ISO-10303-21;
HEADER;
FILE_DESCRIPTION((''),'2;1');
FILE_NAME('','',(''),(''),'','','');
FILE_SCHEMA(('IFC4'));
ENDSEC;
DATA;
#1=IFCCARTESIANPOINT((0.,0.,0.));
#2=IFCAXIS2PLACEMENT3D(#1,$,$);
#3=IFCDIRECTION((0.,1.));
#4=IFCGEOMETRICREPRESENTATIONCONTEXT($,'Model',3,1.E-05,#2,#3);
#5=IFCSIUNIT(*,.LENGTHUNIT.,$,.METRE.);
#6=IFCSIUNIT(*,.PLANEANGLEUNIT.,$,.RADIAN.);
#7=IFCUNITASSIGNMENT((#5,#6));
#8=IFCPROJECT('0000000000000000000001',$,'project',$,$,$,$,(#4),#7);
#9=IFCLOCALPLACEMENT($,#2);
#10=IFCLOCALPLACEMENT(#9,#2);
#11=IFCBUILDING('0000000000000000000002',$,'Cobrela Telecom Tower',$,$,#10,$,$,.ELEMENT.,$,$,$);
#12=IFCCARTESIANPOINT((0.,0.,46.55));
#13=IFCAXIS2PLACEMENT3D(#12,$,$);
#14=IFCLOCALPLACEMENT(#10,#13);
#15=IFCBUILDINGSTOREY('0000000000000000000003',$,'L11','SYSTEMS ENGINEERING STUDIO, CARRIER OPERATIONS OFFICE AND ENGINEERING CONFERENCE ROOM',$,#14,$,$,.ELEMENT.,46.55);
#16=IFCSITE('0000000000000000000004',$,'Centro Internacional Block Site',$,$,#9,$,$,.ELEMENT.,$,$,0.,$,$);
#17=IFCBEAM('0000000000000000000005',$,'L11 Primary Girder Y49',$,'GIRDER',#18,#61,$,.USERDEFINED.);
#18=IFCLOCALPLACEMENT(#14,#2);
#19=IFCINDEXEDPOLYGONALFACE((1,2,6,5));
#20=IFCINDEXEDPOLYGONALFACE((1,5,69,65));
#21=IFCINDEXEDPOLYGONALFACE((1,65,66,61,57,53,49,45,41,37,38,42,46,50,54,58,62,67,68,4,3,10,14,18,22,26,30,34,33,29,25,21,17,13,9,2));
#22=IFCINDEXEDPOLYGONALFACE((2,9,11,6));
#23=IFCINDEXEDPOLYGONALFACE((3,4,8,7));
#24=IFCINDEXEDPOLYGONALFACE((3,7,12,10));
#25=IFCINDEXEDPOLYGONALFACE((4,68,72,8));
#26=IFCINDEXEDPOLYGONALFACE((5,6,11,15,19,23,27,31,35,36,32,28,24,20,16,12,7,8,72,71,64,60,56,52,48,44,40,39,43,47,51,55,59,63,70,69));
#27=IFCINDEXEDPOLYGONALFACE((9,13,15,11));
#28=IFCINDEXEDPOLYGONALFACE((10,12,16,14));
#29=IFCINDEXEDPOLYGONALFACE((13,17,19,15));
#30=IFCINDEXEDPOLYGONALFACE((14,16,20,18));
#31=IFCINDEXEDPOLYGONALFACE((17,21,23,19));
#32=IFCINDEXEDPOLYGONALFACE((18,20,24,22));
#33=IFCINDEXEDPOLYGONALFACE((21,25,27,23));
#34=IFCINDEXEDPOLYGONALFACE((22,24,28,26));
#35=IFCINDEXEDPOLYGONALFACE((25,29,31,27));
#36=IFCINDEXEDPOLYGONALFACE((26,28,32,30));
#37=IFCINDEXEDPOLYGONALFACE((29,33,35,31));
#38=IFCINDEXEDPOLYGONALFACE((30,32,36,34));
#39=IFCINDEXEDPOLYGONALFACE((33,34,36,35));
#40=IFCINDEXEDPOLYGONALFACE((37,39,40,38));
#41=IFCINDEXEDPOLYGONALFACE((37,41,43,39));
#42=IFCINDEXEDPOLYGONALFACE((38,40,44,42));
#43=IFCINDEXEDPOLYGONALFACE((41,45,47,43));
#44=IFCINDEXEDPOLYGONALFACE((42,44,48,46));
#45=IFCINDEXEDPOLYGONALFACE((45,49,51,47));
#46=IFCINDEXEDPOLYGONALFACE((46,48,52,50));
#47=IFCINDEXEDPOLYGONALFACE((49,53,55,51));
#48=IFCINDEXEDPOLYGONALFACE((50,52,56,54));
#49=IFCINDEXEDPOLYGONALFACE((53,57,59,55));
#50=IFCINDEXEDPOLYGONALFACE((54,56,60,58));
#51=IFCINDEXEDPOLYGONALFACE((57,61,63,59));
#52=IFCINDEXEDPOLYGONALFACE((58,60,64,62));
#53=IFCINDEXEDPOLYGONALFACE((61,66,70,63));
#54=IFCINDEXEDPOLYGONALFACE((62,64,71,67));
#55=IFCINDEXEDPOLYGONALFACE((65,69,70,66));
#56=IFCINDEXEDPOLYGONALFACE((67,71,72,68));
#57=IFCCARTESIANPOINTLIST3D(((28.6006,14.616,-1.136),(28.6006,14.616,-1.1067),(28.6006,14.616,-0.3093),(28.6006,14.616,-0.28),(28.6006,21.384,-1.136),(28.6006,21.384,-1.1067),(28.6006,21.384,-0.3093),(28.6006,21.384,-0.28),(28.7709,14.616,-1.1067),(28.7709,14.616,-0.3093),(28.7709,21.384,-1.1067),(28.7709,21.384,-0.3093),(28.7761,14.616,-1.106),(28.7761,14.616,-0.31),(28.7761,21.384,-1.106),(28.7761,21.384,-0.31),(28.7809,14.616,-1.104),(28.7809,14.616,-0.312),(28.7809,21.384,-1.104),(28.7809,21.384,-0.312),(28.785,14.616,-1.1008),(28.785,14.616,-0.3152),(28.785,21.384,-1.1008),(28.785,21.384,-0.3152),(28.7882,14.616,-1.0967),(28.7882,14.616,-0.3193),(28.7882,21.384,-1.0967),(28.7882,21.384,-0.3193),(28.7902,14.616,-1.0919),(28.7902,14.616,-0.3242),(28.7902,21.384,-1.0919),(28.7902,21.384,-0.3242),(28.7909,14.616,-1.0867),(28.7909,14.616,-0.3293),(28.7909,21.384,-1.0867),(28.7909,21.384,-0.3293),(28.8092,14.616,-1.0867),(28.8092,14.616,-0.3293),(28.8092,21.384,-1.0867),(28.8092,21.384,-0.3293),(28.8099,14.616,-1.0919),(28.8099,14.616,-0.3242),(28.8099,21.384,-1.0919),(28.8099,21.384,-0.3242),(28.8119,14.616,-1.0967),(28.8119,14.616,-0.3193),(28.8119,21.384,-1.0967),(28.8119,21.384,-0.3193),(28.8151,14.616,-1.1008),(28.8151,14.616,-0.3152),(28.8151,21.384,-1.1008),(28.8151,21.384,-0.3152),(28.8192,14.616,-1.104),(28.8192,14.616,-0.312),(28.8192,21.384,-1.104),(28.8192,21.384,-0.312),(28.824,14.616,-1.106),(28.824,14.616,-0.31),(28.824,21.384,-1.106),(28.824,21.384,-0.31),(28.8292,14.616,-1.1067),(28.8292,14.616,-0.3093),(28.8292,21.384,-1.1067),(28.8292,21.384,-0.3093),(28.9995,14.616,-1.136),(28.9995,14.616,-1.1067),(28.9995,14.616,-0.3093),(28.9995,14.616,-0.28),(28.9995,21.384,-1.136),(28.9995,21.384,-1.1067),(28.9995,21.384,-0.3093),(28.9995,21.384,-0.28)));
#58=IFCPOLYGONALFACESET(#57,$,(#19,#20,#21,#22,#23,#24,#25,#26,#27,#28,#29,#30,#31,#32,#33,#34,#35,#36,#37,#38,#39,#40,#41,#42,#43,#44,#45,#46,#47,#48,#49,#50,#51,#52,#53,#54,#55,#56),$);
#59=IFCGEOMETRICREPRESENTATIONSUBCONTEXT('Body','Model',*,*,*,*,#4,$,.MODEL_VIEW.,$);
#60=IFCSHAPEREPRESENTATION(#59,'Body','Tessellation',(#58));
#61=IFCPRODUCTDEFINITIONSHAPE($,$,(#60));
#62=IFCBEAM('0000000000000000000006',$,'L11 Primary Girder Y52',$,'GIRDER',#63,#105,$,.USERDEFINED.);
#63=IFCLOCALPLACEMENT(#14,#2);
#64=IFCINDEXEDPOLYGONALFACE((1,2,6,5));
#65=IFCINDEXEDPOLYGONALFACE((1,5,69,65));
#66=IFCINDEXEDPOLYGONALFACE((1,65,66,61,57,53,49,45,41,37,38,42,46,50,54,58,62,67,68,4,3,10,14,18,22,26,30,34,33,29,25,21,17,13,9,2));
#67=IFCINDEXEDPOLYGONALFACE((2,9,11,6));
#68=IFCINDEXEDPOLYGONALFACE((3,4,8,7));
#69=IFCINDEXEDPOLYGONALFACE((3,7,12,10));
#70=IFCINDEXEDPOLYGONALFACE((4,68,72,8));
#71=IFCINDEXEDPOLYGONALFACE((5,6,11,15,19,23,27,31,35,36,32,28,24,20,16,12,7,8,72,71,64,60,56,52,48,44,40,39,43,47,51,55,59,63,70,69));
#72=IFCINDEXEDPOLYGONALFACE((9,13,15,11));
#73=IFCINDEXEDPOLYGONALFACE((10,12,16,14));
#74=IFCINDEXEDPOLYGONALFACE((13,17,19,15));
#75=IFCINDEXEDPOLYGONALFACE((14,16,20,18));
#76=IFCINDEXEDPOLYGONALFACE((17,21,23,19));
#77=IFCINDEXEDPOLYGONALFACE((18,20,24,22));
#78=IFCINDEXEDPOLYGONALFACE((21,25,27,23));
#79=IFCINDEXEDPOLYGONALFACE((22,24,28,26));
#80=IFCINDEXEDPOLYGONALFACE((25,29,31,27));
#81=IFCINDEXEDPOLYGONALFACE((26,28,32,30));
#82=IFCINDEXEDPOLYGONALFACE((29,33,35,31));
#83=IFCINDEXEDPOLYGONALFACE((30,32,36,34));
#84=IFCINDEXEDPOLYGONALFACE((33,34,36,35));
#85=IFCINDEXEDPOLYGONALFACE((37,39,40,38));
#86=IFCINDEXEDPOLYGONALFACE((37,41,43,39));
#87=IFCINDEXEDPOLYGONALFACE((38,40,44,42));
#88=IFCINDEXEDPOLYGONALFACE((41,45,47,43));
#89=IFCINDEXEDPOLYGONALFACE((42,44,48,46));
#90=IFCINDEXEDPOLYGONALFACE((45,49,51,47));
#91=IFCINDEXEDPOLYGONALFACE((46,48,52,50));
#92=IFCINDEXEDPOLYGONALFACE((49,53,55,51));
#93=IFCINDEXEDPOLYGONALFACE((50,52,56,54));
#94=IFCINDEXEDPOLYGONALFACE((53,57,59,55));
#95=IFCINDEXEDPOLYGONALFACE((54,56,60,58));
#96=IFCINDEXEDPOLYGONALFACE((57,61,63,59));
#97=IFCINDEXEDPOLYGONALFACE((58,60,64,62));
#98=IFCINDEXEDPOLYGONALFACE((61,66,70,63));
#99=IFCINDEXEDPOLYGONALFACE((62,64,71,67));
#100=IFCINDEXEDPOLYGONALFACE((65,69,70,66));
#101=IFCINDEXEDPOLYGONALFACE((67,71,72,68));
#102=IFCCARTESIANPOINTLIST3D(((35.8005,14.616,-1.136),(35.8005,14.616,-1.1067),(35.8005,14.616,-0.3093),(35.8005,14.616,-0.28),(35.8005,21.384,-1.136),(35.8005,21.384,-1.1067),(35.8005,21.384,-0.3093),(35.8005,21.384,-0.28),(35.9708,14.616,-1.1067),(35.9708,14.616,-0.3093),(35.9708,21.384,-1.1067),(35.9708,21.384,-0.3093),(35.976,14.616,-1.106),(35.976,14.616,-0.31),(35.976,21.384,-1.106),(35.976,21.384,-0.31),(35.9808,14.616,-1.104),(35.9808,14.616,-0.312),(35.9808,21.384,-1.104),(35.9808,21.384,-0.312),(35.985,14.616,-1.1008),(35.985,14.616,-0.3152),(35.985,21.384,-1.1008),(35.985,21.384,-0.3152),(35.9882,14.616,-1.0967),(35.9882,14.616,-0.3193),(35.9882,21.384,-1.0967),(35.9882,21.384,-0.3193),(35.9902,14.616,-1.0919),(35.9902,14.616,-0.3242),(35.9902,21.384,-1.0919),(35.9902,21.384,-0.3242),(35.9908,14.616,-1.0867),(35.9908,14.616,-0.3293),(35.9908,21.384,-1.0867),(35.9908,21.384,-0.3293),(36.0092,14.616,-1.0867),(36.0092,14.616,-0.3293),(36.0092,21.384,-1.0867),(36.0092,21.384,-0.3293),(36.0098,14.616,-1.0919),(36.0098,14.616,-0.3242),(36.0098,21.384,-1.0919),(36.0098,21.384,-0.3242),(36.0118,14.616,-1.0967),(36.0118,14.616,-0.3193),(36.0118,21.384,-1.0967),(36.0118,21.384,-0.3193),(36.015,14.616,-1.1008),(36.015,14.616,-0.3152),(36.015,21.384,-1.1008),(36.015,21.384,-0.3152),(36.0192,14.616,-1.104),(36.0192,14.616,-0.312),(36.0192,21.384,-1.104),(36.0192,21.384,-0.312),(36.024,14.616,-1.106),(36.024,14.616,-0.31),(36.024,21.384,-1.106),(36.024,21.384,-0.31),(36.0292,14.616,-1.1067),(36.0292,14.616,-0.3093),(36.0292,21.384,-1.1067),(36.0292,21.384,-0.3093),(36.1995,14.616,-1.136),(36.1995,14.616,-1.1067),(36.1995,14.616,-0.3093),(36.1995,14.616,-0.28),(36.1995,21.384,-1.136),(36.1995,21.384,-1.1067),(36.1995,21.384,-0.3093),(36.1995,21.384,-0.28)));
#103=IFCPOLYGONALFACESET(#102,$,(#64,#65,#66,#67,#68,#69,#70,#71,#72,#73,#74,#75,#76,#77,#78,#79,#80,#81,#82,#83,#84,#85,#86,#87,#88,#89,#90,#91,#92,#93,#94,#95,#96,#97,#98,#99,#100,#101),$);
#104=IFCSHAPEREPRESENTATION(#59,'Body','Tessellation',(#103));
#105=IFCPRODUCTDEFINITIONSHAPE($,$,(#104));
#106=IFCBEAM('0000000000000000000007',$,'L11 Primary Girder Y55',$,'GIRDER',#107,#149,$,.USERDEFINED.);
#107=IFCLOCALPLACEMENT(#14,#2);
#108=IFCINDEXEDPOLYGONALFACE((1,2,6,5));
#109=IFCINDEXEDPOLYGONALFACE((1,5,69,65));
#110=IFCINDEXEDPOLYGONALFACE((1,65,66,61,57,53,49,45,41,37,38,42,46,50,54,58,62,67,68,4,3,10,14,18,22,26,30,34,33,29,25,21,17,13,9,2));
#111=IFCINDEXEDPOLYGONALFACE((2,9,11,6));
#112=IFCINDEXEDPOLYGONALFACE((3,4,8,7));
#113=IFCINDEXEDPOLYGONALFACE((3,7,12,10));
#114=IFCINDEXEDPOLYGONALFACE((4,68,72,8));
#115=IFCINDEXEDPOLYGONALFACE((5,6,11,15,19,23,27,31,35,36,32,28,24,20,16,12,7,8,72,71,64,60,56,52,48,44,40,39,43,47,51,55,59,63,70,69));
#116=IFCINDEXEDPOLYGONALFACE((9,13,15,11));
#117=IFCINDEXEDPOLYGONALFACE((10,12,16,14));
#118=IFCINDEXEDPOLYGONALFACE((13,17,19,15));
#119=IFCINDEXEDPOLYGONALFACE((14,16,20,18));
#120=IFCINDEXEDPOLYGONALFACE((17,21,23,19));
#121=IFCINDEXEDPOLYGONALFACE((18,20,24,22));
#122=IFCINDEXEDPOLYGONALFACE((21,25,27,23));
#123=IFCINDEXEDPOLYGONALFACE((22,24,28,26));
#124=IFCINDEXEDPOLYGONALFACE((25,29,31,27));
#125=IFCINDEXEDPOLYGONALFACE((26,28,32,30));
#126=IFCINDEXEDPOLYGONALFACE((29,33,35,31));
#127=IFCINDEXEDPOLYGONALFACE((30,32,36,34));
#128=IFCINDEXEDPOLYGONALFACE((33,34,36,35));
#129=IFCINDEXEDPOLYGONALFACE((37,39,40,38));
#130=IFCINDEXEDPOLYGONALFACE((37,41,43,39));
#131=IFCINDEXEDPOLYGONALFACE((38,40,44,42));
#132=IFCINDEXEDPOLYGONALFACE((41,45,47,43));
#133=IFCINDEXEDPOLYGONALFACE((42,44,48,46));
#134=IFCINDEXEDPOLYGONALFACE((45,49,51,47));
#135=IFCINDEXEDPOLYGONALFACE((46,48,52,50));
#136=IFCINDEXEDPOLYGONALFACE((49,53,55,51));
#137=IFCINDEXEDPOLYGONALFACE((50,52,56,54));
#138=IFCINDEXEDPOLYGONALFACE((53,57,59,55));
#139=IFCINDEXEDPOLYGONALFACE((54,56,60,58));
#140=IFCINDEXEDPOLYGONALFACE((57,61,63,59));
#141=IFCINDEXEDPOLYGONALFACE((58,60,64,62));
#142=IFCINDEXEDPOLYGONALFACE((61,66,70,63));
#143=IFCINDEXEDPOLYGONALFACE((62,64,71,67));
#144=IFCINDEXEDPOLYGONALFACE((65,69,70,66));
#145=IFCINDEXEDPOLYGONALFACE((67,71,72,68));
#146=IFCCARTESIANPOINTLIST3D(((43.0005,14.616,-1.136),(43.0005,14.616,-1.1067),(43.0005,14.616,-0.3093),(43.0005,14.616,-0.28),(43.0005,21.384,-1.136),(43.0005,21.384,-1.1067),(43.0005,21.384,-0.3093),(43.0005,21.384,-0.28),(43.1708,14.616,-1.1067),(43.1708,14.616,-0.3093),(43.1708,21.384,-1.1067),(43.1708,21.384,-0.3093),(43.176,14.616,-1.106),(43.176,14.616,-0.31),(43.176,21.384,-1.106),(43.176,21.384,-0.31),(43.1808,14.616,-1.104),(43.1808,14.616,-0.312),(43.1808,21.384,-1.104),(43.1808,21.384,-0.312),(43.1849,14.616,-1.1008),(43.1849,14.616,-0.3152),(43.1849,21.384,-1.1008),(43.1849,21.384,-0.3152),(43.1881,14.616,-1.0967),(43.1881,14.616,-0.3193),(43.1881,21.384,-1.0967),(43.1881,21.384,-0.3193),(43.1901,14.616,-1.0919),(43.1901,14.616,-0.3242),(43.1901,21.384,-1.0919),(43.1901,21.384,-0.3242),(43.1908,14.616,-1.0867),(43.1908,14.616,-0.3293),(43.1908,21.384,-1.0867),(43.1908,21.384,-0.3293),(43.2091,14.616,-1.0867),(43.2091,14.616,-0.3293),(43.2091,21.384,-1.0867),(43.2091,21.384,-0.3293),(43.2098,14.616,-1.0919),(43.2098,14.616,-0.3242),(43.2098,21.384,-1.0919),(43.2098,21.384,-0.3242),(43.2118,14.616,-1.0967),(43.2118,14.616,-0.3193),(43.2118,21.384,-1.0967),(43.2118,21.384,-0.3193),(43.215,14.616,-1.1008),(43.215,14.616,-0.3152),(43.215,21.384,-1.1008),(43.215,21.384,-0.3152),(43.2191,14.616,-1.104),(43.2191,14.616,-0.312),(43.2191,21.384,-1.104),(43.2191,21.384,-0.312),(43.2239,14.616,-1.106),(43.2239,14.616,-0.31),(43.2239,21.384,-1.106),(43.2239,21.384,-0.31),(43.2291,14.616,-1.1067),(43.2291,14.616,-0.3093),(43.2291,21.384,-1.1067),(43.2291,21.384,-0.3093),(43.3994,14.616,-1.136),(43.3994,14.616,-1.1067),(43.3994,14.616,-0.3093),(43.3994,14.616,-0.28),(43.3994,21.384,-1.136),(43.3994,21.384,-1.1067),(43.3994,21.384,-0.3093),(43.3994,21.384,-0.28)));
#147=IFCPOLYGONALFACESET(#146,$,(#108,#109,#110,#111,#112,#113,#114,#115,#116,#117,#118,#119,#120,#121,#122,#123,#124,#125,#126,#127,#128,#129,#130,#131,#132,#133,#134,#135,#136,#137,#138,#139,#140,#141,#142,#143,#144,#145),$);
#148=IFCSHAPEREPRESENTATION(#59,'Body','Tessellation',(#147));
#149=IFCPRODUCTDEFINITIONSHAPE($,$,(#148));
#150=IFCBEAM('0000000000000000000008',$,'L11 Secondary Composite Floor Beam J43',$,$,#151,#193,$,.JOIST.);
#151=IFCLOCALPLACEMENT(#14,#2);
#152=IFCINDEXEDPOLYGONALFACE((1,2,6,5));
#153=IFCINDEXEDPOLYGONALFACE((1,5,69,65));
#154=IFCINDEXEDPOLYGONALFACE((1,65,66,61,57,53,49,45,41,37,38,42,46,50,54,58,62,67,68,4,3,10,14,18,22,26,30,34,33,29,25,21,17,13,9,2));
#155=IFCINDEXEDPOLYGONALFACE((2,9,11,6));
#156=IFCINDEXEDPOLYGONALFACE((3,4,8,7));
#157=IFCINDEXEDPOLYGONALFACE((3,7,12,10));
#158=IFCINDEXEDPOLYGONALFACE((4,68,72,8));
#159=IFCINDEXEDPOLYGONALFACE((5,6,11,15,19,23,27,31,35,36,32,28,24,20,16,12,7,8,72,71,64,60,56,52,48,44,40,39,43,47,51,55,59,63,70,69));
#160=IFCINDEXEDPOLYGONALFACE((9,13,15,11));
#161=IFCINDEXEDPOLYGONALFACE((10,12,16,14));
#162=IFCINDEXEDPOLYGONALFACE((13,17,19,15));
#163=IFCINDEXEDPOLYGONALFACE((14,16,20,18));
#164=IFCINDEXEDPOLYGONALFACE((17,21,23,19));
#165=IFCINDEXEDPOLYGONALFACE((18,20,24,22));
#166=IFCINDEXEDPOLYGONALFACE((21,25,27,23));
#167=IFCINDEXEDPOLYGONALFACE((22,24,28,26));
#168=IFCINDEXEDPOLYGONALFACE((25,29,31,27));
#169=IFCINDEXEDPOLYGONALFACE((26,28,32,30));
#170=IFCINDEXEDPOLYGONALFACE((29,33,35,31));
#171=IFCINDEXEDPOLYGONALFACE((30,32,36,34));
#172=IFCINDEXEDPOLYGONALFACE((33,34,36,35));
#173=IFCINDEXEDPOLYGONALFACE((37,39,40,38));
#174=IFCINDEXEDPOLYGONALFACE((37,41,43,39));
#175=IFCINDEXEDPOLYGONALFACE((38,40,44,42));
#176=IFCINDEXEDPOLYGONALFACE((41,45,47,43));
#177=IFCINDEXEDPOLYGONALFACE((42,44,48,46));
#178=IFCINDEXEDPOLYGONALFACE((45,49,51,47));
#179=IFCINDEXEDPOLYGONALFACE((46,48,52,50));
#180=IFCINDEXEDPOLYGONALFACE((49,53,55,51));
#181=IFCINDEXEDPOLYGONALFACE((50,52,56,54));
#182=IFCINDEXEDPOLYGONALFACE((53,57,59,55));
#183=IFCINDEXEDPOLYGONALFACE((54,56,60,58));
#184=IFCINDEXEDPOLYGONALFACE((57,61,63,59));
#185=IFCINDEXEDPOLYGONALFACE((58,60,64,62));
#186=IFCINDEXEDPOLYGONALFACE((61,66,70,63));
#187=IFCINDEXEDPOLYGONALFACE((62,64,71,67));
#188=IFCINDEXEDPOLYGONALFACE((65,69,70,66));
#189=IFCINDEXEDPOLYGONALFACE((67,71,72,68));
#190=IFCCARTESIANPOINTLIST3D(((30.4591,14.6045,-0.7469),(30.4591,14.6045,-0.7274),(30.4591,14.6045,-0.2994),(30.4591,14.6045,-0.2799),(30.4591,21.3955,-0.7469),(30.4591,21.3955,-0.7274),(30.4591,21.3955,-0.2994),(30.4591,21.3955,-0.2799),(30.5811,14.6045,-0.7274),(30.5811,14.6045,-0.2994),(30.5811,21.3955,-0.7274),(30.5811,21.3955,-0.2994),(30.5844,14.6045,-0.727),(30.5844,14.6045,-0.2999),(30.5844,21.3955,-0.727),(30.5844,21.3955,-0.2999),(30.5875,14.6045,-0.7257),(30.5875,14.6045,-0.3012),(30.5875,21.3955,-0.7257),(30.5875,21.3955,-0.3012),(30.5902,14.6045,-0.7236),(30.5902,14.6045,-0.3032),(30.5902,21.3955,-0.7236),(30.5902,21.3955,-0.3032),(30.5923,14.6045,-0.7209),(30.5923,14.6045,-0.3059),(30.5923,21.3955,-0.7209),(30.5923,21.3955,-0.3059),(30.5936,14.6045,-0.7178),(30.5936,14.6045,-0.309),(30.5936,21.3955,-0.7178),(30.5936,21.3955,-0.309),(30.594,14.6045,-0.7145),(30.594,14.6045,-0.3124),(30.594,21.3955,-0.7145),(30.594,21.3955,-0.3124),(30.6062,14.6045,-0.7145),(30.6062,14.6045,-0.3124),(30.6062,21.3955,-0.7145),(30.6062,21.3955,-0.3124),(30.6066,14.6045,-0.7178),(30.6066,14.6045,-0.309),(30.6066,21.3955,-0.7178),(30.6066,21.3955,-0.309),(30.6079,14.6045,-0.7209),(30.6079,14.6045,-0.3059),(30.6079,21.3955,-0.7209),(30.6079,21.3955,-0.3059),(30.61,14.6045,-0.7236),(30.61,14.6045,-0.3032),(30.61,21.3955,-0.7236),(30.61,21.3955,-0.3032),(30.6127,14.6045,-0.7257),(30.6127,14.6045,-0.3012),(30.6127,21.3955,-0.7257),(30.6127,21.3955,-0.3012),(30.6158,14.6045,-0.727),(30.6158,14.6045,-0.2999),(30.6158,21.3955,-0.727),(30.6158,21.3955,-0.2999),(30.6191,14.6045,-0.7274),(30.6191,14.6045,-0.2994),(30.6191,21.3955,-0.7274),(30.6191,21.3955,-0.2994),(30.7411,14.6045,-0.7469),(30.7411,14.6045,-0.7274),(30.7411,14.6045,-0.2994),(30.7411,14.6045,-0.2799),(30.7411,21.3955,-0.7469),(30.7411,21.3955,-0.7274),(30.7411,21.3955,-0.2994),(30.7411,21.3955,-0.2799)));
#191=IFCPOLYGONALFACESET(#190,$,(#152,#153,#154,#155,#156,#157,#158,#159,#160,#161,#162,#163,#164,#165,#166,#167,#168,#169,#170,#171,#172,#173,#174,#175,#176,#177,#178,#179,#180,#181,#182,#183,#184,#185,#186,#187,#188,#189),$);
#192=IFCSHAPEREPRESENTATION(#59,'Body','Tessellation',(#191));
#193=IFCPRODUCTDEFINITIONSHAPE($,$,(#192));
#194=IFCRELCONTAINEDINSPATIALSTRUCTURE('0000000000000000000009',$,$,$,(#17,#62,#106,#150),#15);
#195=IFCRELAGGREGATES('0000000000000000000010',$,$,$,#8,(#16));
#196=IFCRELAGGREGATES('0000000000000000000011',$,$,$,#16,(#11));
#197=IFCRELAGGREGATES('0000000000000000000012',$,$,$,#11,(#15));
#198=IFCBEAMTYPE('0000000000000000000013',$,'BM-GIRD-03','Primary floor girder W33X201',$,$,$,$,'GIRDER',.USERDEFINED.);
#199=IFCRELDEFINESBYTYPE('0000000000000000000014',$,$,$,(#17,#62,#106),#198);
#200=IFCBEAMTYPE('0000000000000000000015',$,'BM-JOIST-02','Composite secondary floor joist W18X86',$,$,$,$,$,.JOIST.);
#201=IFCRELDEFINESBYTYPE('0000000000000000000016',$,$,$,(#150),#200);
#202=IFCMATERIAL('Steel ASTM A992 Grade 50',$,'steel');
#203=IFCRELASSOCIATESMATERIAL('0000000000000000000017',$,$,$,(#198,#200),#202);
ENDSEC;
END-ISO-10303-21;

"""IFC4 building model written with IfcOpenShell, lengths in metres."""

from ifc_helpers import new_model, si_unit, direction, frame, origin, origin_2d, place, context, subcontext, project, spatial, i_section, extrude, material, material_profile, profile_set, type_object, element, save


model = new_model("IFC4")

# Units and contexts
model_context = context("Model", 3, precision=1e-05, world=origin(), true_north=direction((0.0, 1.0)))
body_context = subcontext(model_context, "Body", "Model", "MODEL_VIEW")
ifc_project = project(units=[si_unit("LENGTHUNIT", "METRE"), si_unit("PLANEANGLEUNIT", "RADIAN")], contexts=[model_context])

# Site, building, storey
site_placement = place(None, origin())
site = spatial("IfcSite", under=ifc_project, at=site_placement, Name="Centro Internacional Block Site", CompositionType="ELEMENT", RefElevation=0.0)
building_placement = place(site_placement, origin())
building = spatial("IfcBuilding", under=site, at=building_placement, Name="Cobrela Telecom Tower", CompositionType="ELEMENT")
storey_placement = place(building_placement, frame((0.0, 0.0, 46.55)))
storey = spatial("IfcBuildingStorey", under=building, at=storey_placement, Name="L11", Description="SYSTEMS ENGINEERING STUDIO, CARRIER OPERATIONS OFFICE AND ENGINEERING CONFERENCE ROOM", CompositionType="ELEMENT", Elevation=46.55)

# Shared definitions
ifc_material_1 = material(Name="Steel ASTM A992 Grade 50", Category="steel")

# Beams
ifc_material_profile_1 = material_profile(ifc_material_1, i_section(OverallWidth=0.3989, OverallDepth=0.856, WebThickness=0.0183, FlangeThickness=0.0293, FilletRadius=0.02, at=origin_2d()), Name="W33X201")
ifc_profile_set_1 = profile_set([ifc_material_profile_1], Name="Steel ASTM A992 Grade 50")
beam_type_1 = type_object("IfcBeamType", Name="BM-GIRD-03", Description="Primary floor girder W33X201", ElementType="GIRDER", PredefinedType="USERDEFINED", material=ifc_profile_set_1)
for number, where, z_axis, x_axis, name in (
    (1, (28.8, 14.616, -0.708), (0.0, 1.0, 0.0), (-1.0, 0.0, 0.0), "L11 Primary Girder Y49"),
    (2, (36.0, 14.616, -0.708), (0.0, 1.0, 0.0), (-1.0, 0.0, 0.0), "L11 Primary Girder Y52"),
    (3, (43.2, 14.616, -0.708), (0.0, 1.0, 0.0), (-1.0, 0.0, 0.0), "L11 Primary Girder Y55"),
):
    element("IfcBeam", number, at=place(storey_placement, frame(where, z_axis=z_axis, x_axis=x_axis)), inside=storey, type_object=beam_type_1, Name=name, ObjectType="GIRDER", PredefinedType="USERDEFINED", context=body_context, shape_type="SweptSolid", body=[
        extrude(i_section(OverallWidth=0.3989, OverallDepth=0.856, WebThickness=0.0183, FlangeThickness=0.0293, FilletRadius=0.02, at=origin_2d()), origin(), (0.0, 0.0, 1.0), 6.7681),
    ])
ifc_material_profile_2 = material_profile(ifc_material_1, i_section(OverallWidth=0.282, OverallDepth=0.467, WebThickness=0.0122, FlangeThickness=0.0195, FilletRadius=0.0129, at=origin_2d()), Name="W18X86")
ifc_profile_set_2 = profile_set([ifc_material_profile_2], Name="Steel ASTM A992 Grade 50")
beam_type_2 = type_object("IfcBeamType", Name="BM-JOIST-02", Description="Composite secondary floor joist W18X86", PredefinedType="JOIST", material=ifc_profile_set_2)
for number, where, z_axis, x_axis, name in (
    (4, (30.6001, 14.6045, -0.5134), (0.0, 1.0, 0.0), (-1.0, 0.0, 0.0), "L11 Secondary Composite Floor Beam J43"),
):
    element("IfcBeam", number, at=place(storey_placement, frame(where, z_axis=z_axis, x_axis=x_axis)), inside=storey, type_object=beam_type_2, Name=name, PredefinedType="JOIST", context=body_context, shape_type="SweptSolid", body=[
        extrude(i_section(OverallWidth=0.282, OverallDepth=0.467, WebThickness=0.0122, FlangeThickness=0.0195, FilletRadius=0.0129, at=origin_2d()), origin(), (0.0, 0.0, 1.0), 6.791),
    ])

save(model, "model.ifc")
